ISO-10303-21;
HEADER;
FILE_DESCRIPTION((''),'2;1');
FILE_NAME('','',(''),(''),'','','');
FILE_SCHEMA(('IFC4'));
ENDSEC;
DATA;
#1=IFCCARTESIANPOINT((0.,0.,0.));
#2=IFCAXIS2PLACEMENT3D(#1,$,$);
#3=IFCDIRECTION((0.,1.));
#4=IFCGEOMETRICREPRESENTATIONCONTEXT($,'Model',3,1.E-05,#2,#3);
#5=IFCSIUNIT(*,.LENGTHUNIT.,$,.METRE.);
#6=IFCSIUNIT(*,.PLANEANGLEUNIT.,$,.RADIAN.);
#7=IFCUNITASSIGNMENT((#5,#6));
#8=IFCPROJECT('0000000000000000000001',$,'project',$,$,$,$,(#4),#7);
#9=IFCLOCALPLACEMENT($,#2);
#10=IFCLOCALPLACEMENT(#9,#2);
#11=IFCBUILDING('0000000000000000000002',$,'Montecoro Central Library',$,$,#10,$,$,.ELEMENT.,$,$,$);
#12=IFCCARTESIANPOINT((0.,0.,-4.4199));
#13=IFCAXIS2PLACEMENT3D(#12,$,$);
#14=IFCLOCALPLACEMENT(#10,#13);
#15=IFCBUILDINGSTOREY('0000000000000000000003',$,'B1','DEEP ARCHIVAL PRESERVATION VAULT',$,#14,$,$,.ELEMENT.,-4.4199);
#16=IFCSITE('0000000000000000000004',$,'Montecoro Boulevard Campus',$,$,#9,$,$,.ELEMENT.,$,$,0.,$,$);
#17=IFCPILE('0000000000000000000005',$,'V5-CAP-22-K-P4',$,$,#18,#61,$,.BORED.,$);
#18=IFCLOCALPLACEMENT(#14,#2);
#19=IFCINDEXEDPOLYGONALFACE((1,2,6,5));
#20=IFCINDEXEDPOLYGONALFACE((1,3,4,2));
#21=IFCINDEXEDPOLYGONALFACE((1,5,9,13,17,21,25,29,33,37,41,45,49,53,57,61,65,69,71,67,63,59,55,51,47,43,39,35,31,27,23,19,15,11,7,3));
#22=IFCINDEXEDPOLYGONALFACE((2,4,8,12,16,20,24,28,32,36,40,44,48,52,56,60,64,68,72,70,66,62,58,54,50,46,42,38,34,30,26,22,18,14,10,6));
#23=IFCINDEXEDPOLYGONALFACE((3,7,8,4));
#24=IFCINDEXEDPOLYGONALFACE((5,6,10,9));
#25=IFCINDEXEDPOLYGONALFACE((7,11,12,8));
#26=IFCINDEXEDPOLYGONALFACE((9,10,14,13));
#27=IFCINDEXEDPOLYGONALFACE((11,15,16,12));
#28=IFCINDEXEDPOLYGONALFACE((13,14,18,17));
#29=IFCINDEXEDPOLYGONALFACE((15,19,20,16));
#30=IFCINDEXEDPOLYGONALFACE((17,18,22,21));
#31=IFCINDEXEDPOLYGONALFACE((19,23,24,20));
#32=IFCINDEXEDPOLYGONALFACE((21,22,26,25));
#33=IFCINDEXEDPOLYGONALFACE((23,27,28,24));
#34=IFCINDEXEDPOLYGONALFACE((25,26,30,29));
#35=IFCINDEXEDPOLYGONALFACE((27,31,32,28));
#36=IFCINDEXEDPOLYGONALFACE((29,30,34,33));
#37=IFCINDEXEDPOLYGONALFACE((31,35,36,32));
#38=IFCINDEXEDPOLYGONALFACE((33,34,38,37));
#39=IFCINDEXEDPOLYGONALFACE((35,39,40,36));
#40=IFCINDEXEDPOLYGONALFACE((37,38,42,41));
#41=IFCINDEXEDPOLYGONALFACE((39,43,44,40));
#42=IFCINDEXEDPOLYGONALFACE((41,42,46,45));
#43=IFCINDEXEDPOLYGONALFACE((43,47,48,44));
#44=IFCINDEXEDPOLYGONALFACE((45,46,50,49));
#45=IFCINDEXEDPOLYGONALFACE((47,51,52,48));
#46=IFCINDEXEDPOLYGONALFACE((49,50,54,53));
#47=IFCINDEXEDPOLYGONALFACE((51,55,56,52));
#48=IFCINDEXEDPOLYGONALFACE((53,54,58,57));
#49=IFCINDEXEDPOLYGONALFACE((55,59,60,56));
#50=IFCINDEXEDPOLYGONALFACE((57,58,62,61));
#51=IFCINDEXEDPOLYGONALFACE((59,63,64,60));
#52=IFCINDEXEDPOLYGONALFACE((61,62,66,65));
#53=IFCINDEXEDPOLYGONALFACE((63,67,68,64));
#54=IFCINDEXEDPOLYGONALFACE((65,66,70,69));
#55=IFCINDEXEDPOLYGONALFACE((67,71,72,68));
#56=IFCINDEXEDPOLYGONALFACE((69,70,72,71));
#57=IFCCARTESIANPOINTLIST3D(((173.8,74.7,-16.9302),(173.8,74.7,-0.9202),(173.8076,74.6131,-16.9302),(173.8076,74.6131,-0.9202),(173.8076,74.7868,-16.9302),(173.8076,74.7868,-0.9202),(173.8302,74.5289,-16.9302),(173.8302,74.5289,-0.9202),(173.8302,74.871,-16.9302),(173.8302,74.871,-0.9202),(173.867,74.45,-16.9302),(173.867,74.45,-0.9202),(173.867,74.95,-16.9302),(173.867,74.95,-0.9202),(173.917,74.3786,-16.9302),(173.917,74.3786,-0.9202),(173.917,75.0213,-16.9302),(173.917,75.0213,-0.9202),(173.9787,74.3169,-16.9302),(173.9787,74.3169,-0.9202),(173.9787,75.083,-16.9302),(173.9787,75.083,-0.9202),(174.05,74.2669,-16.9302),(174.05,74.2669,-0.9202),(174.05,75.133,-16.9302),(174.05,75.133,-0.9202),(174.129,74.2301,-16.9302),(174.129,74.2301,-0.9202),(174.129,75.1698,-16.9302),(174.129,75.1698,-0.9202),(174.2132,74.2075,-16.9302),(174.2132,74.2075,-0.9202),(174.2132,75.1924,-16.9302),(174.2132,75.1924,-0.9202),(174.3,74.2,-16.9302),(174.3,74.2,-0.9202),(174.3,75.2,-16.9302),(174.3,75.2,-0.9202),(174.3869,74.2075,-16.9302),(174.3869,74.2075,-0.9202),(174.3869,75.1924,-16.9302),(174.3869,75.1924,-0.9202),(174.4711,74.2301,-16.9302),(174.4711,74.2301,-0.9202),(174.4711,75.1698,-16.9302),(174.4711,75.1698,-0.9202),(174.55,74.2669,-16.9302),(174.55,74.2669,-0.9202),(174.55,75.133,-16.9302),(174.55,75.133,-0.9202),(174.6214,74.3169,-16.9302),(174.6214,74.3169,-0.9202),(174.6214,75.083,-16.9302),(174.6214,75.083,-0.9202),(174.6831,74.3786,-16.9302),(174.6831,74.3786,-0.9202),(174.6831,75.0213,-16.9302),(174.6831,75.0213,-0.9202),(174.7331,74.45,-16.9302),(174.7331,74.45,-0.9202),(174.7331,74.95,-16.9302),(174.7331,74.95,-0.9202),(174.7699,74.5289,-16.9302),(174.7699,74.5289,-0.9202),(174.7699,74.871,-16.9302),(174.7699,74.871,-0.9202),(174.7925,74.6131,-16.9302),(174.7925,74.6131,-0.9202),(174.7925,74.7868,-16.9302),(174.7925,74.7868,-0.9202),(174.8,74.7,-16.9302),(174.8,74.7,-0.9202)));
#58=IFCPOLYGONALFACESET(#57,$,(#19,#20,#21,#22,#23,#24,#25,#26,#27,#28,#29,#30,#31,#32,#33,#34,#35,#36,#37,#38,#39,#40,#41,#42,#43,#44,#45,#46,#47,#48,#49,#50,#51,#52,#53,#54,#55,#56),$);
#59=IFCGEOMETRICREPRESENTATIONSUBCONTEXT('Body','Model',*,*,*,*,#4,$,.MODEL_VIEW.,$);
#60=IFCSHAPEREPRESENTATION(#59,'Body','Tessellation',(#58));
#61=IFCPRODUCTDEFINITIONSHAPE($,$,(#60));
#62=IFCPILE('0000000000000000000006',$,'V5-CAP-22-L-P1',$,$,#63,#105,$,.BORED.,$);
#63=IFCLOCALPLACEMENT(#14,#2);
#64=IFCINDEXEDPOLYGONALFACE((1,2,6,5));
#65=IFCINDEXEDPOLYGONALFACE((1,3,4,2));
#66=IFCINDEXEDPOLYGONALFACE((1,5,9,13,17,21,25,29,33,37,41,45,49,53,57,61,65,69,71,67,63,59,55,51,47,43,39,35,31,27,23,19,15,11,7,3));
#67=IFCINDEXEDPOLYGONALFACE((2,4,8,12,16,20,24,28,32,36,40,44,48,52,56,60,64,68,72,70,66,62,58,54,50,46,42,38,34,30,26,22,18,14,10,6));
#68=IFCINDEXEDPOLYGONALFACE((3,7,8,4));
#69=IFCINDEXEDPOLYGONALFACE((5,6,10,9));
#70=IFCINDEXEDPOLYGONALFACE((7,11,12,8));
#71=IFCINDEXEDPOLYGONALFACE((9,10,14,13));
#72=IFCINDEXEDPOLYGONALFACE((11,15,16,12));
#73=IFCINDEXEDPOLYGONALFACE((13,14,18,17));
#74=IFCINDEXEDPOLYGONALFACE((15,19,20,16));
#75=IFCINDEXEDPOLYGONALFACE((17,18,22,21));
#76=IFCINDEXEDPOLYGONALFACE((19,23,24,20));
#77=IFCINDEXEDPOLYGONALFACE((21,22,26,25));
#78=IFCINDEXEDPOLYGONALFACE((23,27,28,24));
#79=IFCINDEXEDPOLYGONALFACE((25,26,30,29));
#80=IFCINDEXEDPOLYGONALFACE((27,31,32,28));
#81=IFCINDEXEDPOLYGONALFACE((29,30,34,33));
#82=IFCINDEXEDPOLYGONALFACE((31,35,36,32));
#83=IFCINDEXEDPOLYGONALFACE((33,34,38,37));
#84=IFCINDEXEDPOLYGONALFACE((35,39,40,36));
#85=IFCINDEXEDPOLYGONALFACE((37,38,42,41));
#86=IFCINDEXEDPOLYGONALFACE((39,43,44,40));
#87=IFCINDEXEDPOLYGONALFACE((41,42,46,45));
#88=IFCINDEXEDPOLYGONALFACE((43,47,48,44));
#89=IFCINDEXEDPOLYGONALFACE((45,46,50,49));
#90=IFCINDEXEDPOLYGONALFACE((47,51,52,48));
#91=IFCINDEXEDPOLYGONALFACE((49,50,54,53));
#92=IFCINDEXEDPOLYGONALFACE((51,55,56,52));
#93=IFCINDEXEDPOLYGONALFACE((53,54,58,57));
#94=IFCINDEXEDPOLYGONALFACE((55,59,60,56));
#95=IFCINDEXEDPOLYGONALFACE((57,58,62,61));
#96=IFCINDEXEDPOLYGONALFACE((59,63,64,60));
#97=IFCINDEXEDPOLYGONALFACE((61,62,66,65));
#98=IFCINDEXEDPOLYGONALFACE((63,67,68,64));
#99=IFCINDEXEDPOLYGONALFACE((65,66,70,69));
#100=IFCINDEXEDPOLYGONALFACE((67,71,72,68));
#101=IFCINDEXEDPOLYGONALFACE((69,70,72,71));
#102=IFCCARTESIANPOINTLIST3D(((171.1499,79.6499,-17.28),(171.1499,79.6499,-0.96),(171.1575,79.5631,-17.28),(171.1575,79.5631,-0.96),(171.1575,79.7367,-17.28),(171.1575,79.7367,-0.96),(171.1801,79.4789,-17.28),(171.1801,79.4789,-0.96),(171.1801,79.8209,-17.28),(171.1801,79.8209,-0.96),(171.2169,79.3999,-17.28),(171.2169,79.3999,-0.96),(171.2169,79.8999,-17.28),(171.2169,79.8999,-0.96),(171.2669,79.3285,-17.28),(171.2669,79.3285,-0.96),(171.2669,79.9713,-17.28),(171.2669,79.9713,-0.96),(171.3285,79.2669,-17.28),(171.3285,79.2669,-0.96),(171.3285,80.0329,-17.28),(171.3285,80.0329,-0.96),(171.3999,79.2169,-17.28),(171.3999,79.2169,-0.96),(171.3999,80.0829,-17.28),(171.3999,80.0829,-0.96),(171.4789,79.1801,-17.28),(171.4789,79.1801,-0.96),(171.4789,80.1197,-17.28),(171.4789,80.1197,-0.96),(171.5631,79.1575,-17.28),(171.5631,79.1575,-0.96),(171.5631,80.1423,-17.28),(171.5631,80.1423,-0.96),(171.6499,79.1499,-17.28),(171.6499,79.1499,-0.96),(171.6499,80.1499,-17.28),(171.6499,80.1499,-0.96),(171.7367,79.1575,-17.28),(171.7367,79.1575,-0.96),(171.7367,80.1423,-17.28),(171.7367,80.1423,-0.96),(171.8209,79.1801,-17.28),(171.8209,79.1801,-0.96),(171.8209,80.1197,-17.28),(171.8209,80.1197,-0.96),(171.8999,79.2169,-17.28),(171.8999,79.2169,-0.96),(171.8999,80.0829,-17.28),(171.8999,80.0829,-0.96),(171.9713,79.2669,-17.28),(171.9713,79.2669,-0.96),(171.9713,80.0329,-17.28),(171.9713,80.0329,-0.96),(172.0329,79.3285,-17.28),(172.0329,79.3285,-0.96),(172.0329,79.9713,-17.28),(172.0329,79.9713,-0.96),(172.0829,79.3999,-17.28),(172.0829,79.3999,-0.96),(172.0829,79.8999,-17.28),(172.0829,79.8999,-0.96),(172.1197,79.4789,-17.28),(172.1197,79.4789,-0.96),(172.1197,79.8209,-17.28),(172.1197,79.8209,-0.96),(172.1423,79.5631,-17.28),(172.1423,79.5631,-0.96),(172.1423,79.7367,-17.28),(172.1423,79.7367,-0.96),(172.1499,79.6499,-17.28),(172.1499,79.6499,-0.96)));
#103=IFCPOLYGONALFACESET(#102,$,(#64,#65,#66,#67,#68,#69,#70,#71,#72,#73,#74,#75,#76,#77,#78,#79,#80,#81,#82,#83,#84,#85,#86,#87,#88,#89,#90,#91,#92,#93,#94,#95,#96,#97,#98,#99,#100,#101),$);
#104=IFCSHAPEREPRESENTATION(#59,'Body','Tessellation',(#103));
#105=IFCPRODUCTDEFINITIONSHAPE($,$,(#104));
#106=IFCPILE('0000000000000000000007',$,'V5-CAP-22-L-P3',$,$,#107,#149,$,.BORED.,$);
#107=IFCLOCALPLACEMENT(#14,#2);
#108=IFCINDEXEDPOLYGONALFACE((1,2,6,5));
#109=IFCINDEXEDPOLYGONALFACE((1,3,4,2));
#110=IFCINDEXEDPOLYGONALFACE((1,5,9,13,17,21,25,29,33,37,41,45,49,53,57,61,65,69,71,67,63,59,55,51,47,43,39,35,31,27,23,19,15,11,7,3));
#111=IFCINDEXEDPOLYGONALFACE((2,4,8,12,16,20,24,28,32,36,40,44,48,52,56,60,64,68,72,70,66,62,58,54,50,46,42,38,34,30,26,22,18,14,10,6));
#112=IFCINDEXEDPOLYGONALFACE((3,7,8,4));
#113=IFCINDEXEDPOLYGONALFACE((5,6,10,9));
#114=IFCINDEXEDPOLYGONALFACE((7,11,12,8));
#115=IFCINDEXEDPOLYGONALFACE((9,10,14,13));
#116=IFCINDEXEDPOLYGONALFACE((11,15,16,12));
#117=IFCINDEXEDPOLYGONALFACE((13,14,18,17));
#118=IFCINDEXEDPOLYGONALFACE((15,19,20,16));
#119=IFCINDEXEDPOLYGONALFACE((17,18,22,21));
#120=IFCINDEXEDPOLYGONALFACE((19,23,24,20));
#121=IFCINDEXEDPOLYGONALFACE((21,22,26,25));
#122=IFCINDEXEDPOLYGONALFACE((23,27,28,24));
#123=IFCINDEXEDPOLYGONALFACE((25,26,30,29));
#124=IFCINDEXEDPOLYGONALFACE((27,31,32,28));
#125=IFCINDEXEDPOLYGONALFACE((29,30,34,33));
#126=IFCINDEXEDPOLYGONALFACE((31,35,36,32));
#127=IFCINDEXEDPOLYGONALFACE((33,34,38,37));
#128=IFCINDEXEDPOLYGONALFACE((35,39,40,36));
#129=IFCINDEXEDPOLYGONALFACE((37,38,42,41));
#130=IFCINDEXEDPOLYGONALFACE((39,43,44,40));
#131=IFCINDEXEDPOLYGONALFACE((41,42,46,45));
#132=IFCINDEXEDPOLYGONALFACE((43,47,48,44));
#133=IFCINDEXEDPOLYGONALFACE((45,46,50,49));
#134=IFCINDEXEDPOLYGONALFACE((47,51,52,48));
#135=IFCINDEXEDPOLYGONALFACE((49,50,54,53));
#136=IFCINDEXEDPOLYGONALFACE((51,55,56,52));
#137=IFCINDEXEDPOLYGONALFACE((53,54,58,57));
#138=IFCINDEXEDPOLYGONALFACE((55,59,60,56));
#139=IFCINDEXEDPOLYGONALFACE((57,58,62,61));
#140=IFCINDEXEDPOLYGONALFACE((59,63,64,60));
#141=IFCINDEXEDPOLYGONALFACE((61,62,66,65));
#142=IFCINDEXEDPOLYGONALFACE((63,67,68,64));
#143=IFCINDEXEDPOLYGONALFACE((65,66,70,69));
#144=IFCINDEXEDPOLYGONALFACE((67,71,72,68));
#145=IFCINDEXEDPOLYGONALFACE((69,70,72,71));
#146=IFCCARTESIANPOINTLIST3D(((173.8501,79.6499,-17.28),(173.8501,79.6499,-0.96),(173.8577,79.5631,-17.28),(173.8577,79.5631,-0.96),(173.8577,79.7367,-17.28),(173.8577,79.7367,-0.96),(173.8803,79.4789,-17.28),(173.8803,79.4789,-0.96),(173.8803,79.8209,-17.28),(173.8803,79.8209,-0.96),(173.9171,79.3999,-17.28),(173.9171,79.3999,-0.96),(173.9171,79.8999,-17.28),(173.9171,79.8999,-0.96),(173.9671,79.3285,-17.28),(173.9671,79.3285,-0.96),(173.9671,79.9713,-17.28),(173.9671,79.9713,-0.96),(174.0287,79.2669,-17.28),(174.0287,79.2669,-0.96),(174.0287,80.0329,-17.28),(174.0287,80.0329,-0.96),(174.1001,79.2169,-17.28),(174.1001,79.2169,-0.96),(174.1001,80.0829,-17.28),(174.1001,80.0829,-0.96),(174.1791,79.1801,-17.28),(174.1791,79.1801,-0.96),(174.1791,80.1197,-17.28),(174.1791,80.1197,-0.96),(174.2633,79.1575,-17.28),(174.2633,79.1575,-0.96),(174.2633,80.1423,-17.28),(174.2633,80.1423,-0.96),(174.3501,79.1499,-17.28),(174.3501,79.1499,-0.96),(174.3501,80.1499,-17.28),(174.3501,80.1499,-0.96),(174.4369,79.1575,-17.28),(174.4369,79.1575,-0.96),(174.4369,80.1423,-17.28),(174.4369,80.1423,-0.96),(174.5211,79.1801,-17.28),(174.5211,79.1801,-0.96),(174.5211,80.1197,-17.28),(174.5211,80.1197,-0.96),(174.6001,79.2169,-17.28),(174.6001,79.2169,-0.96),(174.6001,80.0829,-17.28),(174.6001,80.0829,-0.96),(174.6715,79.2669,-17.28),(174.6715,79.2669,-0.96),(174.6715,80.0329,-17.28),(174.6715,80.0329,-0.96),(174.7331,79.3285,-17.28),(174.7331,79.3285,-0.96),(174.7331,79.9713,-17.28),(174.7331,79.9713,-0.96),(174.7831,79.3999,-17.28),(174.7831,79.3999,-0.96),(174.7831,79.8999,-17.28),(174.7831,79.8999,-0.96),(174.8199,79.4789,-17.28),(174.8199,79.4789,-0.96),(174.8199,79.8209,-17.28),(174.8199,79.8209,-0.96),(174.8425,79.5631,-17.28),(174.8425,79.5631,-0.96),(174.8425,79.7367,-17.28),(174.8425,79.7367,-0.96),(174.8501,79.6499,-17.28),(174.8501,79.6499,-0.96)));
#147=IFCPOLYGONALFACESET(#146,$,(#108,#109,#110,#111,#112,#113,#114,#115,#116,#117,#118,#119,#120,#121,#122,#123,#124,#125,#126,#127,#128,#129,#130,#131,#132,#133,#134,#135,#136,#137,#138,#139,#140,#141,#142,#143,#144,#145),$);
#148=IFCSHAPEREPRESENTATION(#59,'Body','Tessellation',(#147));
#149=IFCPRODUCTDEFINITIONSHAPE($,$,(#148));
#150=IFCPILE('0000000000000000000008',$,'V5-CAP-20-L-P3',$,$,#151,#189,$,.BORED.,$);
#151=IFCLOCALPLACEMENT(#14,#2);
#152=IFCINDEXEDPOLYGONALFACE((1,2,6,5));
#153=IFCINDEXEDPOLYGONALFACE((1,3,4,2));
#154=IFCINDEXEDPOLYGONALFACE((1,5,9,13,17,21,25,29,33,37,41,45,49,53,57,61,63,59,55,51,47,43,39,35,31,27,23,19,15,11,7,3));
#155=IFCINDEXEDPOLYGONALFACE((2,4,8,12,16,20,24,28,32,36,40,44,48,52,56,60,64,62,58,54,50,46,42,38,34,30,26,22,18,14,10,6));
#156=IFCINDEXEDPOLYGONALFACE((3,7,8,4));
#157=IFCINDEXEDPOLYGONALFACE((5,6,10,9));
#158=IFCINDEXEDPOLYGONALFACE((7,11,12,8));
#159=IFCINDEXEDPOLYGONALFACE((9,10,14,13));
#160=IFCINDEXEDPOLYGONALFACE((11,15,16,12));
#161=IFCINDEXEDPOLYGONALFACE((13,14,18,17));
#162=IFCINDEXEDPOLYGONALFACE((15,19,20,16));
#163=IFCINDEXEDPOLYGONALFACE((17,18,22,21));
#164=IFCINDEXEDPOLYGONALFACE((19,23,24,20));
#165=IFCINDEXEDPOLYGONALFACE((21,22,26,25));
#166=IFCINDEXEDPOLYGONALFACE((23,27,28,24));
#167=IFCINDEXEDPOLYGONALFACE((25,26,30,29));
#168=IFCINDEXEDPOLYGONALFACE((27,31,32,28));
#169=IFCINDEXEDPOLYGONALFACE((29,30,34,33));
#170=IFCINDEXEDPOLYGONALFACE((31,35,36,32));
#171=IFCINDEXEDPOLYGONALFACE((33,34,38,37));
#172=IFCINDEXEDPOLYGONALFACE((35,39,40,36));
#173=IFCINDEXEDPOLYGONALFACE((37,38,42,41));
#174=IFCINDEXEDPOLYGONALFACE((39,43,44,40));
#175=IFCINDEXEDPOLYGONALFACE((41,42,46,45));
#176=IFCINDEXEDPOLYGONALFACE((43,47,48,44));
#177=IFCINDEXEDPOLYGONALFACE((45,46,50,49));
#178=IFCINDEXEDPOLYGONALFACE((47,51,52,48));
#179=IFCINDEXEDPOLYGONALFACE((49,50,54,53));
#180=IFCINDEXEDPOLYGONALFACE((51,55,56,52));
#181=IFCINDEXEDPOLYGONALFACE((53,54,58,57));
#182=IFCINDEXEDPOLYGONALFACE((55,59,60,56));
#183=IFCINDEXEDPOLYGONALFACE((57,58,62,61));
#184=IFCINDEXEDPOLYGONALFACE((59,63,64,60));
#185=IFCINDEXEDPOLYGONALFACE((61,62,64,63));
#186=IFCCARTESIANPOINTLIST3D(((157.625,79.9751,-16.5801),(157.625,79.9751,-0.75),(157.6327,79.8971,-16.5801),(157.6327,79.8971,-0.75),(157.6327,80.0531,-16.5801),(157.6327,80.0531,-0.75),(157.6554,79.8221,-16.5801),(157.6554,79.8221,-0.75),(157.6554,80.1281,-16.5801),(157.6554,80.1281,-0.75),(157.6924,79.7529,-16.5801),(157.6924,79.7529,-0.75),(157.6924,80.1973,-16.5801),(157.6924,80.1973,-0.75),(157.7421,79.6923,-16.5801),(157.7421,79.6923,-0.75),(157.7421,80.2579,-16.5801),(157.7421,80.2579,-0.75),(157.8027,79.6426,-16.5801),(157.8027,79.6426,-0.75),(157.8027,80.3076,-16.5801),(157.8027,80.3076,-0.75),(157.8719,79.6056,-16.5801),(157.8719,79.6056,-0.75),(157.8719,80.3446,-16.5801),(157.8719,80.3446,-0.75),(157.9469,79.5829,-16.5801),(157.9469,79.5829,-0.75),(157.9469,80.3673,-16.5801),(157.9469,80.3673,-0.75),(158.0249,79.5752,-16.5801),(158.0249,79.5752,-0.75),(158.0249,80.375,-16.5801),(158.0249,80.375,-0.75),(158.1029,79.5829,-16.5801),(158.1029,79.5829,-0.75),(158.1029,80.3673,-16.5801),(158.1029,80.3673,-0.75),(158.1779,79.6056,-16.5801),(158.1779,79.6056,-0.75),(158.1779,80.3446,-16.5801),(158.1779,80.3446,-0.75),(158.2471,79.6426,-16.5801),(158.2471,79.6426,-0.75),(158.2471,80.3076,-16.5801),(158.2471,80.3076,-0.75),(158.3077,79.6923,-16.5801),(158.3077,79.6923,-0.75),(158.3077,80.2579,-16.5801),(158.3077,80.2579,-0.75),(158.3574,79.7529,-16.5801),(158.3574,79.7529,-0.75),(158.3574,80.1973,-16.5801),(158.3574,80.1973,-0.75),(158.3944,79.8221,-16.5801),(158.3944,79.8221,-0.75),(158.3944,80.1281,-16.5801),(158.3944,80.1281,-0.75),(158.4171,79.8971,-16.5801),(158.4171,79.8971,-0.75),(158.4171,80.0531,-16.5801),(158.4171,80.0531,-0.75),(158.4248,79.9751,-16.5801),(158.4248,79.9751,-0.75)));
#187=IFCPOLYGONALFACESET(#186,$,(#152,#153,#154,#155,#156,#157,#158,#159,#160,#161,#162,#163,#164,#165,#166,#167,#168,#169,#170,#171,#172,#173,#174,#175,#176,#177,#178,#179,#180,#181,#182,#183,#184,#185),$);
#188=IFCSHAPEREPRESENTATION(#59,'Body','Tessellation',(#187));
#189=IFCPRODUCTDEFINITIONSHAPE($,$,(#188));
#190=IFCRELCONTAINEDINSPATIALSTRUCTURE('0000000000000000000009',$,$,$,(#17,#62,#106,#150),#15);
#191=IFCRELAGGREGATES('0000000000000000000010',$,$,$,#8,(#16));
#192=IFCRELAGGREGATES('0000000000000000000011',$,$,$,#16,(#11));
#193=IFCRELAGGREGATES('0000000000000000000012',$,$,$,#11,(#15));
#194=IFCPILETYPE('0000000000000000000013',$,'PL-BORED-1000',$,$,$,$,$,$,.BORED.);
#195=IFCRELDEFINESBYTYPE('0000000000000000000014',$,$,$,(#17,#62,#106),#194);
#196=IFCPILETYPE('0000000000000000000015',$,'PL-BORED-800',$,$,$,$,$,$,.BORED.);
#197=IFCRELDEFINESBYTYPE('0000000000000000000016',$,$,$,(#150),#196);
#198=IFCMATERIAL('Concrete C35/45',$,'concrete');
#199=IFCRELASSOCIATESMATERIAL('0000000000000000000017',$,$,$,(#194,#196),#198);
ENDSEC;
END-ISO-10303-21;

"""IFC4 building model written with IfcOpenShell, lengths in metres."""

from ifc_helpers import new_model, si_unit, direction, frame, origin, origin_2d, place, context, subcontext, project, spatial, circle, extrude, material, material_profile, profile_set, type_object, element, save


model = new_model("IFC4")

# Units and contexts
model_context = context("Model", 3, precision=1e-05, world=origin(), true_north=direction((0.0, 1.0)))
body_context = subcontext(model_context, "Body", "Model", "MODEL_VIEW")
ifc_project = project(units=[si_unit("LENGTHUNIT", "METRE"), si_unit("PLANEANGLEUNIT", "RADIAN")], contexts=[model_context])

# Site, building, storey
site_placement = place(None, origin())
site = spatial("IfcSite", under=ifc_project, at=site_placement, Name="Montecoro Boulevard Campus", CompositionType="ELEMENT", RefElevation=0.0)
building_placement = place(site_placement, origin())
building = spatial("IfcBuilding", under=site, at=building_placement, Name="Montecoro Central Library", CompositionType="ELEMENT")
storey_placement = place(building_placement, frame((0.0, 0.0, -4.4199)))
storey = spatial("IfcBuildingStorey", under=building, at=storey_placement, Name="B1", Description="DEEP ARCHIVAL PRESERVATION VAULT", CompositionType="ELEMENT", Elevation=-4.4199)

# Shared definitions
ifc_material_1 = material(Name="Concrete C35/45", Category="concrete")

# Piles
ifc_material_profile_1 = material_profile(ifc_material_1, circle(Radius=0.5, at=origin_2d()), Name="PILE D1000")
ifc_profile_set_1 = profile_set([ifc_material_profile_1], Name="Concrete C35/45")
pile_type_1 = type_object("IfcPileType", Name="PL-BORED-1000", PredefinedType="BORED", material=ifc_profile_set_1)
for number, where, z_axis, x_axis, name in (
    (1, (174.3, 74.7, -0.9202), (0.0, 0.0, -1.0), (1.0, 0.0, 0.0), "V5-CAP-22-K-P4"),
):
    element("IfcPile", number, at=place(storey_placement, frame(where, z_axis=z_axis, x_axis=x_axis)), inside=storey, type_object=pile_type_1, Name=name, PredefinedType="BORED", context=body_context, shape_type="SweptSolid", body=[
        extrude(circle(Radius=0.5, at=origin_2d()), origin(), (0.0, 0.0, 1.0), 16.01),
    ])
for number, where, z_axis, x_axis, name in (
    (2, (171.6499, 79.6499, -0.96), (0.0, 0.0, -1.0), (1.0, 0.0, 0.0), "V5-CAP-22-L-P1"),
    (3, (174.3501, 79.6499, -0.96), (0.0, 0.0, -1.0), (1.0, 0.0, 0.0), "V5-CAP-22-L-P3"),
):
    element("IfcPile", number, at=place(storey_placement, frame(where, z_axis=z_axis, x_axis=x_axis)), inside=storey, type_object=pile_type_1, Name=name, PredefinedType="BORED", context=body_context, shape_type="SweptSolid", body=[
        extrude(circle(Radius=0.5, at=origin_2d()), origin(), (0.0, 0.0, 1.0), 16.3201),
    ])
ifc_material_profile_2 = material_profile(ifc_material_1, circle(Radius=0.3999, at=origin_2d()), Name="PILE D800")
ifc_profile_set_2 = profile_set([ifc_material_profile_2], Name="Concrete C35/45")
pile_type_2 = type_object("IfcPileType", Name="PL-BORED-800", PredefinedType="BORED", material=ifc_profile_set_2)
pile_1_placement = place(storey_placement, frame((158.0249, 79.9751, -0.75), z_axis=(0.0, 0.0, -1.0), x_axis=(1.0, 0.0, 0.0)))
element("IfcPile", 4, at=pile_1_placement, inside=storey, type_object=pile_type_2, Name="V5-CAP-20-L-P3", PredefinedType="BORED", context=body_context, shape_type="SweptSolid", body=[
    extrude(circle(Radius=0.3999, at=origin_2d()), origin(), (0.0, 0.0, 1.0), 15.8301),
])

save(model, "model.ifc")
